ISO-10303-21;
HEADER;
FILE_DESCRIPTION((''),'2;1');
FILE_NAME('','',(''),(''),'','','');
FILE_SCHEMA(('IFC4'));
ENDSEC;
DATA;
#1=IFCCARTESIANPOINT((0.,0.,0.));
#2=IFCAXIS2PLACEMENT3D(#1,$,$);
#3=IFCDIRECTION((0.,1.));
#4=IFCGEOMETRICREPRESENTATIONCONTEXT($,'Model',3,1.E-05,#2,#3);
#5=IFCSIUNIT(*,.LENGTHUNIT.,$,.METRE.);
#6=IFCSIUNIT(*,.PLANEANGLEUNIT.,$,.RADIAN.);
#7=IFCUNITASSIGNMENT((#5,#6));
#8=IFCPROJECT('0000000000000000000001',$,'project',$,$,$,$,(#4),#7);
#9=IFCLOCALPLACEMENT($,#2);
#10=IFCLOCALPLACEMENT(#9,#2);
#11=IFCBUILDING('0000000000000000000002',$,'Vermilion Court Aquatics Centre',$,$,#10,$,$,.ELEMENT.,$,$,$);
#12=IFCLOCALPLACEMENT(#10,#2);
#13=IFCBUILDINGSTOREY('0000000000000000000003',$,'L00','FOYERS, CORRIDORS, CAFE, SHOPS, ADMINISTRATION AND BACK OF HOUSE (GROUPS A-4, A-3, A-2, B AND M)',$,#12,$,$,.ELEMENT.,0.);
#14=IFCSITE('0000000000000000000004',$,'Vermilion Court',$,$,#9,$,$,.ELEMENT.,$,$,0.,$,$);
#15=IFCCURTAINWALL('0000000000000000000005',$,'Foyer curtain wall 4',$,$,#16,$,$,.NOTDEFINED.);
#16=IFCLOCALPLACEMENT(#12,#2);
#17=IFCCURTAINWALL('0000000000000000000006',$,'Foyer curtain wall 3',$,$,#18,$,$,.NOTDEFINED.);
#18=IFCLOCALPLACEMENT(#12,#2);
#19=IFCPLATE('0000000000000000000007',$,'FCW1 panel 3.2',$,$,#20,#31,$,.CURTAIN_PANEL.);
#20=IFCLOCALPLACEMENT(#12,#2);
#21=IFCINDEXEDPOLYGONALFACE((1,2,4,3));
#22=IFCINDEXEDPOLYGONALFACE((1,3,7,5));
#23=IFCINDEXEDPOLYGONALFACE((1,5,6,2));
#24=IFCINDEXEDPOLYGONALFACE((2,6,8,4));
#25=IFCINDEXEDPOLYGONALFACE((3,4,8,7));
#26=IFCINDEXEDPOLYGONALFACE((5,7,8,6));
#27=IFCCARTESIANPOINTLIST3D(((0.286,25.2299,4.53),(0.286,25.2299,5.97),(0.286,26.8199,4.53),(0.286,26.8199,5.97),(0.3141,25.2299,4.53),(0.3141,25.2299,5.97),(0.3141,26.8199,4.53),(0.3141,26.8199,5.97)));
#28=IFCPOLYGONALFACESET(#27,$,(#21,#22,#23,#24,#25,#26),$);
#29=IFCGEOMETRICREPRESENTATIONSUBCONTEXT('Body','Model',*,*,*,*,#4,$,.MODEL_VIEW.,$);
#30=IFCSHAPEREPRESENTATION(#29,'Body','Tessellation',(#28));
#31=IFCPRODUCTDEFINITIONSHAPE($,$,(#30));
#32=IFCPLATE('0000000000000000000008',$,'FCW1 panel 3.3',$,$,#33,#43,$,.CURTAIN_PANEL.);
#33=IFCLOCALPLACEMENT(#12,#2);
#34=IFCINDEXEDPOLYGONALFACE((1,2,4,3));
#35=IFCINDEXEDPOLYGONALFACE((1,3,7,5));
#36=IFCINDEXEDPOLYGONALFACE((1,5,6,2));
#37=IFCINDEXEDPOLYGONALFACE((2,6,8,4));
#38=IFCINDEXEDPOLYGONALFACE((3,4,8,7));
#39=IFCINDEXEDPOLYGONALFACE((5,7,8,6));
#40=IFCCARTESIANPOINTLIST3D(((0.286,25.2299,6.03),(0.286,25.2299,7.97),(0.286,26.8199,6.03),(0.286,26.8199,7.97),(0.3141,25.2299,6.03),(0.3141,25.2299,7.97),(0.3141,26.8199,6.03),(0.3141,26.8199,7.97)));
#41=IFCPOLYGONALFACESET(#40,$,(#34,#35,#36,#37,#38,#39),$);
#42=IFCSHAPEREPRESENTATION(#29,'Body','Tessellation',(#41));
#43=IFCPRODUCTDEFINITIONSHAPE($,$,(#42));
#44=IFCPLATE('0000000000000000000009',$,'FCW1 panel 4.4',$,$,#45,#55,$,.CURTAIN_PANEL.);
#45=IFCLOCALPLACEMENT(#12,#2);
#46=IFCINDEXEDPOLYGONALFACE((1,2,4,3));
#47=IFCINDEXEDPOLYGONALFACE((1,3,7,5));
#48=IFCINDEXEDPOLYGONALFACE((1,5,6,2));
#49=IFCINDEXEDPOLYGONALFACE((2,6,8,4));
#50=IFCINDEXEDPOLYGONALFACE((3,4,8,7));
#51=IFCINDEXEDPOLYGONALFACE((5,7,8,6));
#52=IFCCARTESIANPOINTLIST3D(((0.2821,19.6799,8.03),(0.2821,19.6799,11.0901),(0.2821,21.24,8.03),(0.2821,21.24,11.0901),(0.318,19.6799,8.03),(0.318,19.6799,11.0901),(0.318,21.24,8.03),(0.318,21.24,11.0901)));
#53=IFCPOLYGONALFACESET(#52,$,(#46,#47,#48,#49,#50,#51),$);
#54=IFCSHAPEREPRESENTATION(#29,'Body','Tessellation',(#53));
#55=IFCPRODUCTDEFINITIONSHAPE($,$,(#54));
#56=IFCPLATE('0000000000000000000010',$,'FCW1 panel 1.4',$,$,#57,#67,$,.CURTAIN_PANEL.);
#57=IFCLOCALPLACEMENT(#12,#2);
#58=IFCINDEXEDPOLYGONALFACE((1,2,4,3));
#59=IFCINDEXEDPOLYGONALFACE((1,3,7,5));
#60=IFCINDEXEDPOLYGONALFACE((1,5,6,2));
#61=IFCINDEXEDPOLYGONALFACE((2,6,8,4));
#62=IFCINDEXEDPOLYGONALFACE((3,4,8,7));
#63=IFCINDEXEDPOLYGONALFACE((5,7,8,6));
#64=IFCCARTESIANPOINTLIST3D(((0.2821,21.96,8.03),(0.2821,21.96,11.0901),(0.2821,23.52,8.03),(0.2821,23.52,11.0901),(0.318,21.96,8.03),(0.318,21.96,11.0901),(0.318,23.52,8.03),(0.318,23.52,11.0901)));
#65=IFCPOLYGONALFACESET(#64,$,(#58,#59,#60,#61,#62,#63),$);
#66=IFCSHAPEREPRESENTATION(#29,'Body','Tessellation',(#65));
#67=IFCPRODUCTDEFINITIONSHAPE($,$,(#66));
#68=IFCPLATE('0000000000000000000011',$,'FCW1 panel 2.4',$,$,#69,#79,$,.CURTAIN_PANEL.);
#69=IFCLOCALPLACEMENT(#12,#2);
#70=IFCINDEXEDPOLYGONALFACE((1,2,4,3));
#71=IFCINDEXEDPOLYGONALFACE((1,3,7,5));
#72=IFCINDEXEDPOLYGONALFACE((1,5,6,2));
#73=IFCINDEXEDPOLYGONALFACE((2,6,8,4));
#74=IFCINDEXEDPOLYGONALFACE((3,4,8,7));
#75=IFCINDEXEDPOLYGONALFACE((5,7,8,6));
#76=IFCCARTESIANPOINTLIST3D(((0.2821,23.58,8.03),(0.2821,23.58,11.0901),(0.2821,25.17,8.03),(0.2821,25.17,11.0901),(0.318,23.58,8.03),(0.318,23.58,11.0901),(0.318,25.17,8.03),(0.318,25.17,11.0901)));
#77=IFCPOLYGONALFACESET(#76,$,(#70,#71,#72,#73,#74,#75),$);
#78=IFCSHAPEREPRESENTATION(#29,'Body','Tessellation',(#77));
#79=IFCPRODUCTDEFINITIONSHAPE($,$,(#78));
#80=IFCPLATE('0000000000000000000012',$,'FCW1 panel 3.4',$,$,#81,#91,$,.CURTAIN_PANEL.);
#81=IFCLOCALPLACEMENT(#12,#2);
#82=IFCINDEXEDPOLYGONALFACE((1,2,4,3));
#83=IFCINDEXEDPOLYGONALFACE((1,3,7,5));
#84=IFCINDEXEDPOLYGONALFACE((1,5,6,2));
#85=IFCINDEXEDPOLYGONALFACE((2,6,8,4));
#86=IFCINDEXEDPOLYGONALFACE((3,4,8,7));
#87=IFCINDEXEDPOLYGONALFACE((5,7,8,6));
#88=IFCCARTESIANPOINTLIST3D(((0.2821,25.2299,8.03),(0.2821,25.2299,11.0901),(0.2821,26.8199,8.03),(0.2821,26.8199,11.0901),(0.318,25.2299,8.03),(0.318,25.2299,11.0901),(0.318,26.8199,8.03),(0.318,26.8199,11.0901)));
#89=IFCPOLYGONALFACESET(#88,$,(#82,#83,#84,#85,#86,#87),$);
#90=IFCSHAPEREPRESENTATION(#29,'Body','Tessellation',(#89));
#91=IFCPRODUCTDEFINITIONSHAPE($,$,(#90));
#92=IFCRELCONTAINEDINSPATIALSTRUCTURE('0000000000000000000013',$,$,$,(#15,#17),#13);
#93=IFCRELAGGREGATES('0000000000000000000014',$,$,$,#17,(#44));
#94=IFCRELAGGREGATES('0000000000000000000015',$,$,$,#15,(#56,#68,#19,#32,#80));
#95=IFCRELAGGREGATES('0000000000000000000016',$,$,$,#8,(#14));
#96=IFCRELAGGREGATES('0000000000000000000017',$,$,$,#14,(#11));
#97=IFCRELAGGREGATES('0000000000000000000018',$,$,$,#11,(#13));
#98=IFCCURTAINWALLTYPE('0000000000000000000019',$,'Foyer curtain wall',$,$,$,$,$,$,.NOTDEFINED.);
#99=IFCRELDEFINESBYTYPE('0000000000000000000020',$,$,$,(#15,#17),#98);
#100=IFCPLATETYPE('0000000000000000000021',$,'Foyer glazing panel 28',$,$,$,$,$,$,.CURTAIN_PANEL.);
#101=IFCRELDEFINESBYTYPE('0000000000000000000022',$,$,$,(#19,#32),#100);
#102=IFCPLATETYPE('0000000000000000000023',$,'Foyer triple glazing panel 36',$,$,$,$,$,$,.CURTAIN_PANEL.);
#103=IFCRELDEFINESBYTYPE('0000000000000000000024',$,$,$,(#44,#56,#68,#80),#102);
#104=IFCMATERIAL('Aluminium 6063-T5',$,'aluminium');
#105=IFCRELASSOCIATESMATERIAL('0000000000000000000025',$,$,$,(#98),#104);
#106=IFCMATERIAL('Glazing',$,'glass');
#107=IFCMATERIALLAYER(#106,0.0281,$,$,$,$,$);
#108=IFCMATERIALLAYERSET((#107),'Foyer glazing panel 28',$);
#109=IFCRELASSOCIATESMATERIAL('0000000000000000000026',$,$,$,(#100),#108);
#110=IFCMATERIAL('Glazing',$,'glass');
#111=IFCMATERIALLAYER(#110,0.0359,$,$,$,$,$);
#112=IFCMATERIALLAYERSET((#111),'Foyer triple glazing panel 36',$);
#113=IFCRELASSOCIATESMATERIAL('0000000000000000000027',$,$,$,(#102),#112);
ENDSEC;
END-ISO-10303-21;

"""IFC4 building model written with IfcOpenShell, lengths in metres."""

from ifc_helpers import new_model, si_unit, direction, frame, origin, origin_2d, place, context, subcontext, project, spatial, rectangle, extrude, material, layer, layer_set, type_object, element, aggregate, save


model = new_model("IFC4")

# Units and contexts
model_context = context("Model", 3, precision=1e-05, world=origin(), true_north=direction((0.0, 1.0)))
body_context = subcontext(model_context, "Body", "Model", "MODEL_VIEW")
ifc_project = project(units=[si_unit("LENGTHUNIT", "METRE"), si_unit("PLANEANGLEUNIT", "RADIAN")], contexts=[model_context])

# Site, building, storey
site_placement = place(None, origin())
site = spatial("IfcSite", under=ifc_project, at=site_placement, Name="Vermilion Court", CompositionType="ELEMENT", RefElevation=0.0)
building_placement = place(site_placement, origin())
building = spatial("IfcBuilding", under=site, at=building_placement, Name="Vermilion Court Aquatics Centre", CompositionType="ELEMENT")
storey_placement = place(building_placement, origin())
storey = spatial("IfcBuildingStorey", under=building, at=storey_placement, Name="L00", Description="FOYERS, CORRIDORS, CAFE, SHOPS, ADMINISTRATION AND BACK OF HOUSE (GROUPS A-4, A-3, A-2, B AND M)", CompositionType="ELEMENT", Elevation=0.0)

# Curtain wall
ifc_material_1 = material(Name="Aluminium 6063-T5", Category="aluminium")
curtain_wall_type = type_object("IfcCurtainWallType", Name="Foyer curtain wall", PredefinedType="NOTDEFINED", material=ifc_material_1)
curtain_wall_1_placement = place(storey_placement, origin())
curtain_wall_1 = element("IfcCurtainWall", 1, at=curtain_wall_1_placement, inside=storey, type_object=curtain_wall_type, Name="Foyer curtain wall 4", PredefinedType="NOTDEFINED")

# Curtain wall
curtain_wall_2_placement = place(storey_placement, origin())
curtain_wall_2 = element("IfcCurtainWall", 2, at=curtain_wall_2_placement, inside=storey, type_object=curtain_wall_type, Name="Foyer curtain wall 3", PredefinedType="NOTDEFINED")
ifc_material_2 = material(Name="Glazing", Category="glass")
ifc_layer_1 = layer(ifc_material_2, 0.0281)
ifc_layer_set_1 = layer_set([ifc_layer_1], Name="Foyer glazing panel 28")
plate_type_1 = type_object("IfcPlateType", Name="Foyer glazing panel 28", PredefinedType="CURTAIN_PANEL", material=ifc_layer_set_1)

# Plates
plate_1_placement = place(storey_placement, frame((0.3, 26.0249, 4.53), z_axis=(0.0, 0.0, 1.0), x_axis=(0.0, 1.0, 0.0)))
plate_1 = element("IfcPlate", 3, at=plate_1_placement, type_object=plate_type_1, Name="FCW1 panel 3.2", PredefinedType="CURTAIN_PANEL", context=body_context, shape_type="SweptSolid", body=[
    extrude(rectangle(XDim=1.5901, YDim=0.0281, at=origin_2d()), origin(), (0.0, 0.0, 1.0), 1.4399),
])
plate_2_placement = place(storey_placement, frame((0.3, 26.0249, 6.03), z_axis=(0.0, 0.0, 1.0), x_axis=(0.0, 1.0, 0.0)))
plate_2 = element("IfcPlate", 4, at=plate_2_placement, type_object=plate_type_1, Name="FCW1 panel 3.3", PredefinedType="CURTAIN_PANEL", context=body_context, shape_type="SweptSolid", body=[
    extrude(rectangle(XDim=1.5901, YDim=0.0281, at=origin_2d()), origin(), (0.0, 0.0, 1.0), 1.9399),
])
ifc_material_3 = material(Name="Glazing", Category="glass")
ifc_layer_2 = layer(ifc_material_3, 0.0359)
ifc_layer_set_2 = layer_set([ifc_layer_2], Name="Foyer triple glazing panel 36")
plate_type_2 = type_object("IfcPlateType", Name="Foyer triple glazing panel 36", PredefinedType="CURTAIN_PANEL", material=ifc_layer_set_2)
plate_3_placement = place(storey_placement, frame((0.3, 20.46, 8.03), z_axis=(0.0, 0.0, 1.0), x_axis=(0.0, 1.0, 0.0)))
plate_3 = element("IfcPlate", 5, at=plate_3_placement, type_object=plate_type_2, Name="FCW1 panel 4.4", PredefinedType="CURTAIN_PANEL", context=body_context, shape_type="SweptSolid", body=[
    extrude(rectangle(XDim=1.5601, YDim=0.0359, at=origin_2d()), origin(), (0.0, 0.0, 1.0), 3.0601),
])
aggregate(curtain_wall_2, [plate_3])
plate_4_placement = place(storey_placement, frame((0.3, 22.74, 8.03), z_axis=(0.0, 0.0, 1.0), x_axis=(0.0, 1.0, 0.0)))
plate_4 = element("IfcPlate", 6, at=plate_4_placement, type_object=plate_type_2, Name="FCW1 panel 1.4", PredefinedType="CURTAIN_PANEL", context=body_context, shape_type="SweptSolid", body=[
    extrude(rectangle(XDim=1.5601, YDim=0.0359, at=origin_2d()), origin(), (0.0, 0.0, 1.0), 3.0601),
])
plate_5_placement = place(storey_placement, frame((0.3, 24.375, 8.03), z_axis=(0.0, 0.0, 1.0), x_axis=(0.0, 1.0, 0.0)))
plate_5 = element("IfcPlate", 7, at=plate_5_placement, type_object=plate_type_2, Name="FCW1 panel 2.4", PredefinedType="CURTAIN_PANEL", context=body_context, shape_type="SweptSolid", body=[
    extrude(rectangle(XDim=1.5901, YDim=0.0359, at=origin_2d()), origin(), (0.0, 0.0, 1.0), 3.0601),
])
plate_6_placement = place(storey_placement, frame((0.3, 26.0249, 8.03), z_axis=(0.0, 0.0, 1.0), x_axis=(0.0, 1.0, 0.0)))
plate_6 = element("IfcPlate", 8, at=plate_6_placement, type_object=plate_type_2, Name="FCW1 panel 3.4", PredefinedType="CURTAIN_PANEL", context=body_context, shape_type="SweptSolid", body=[
    extrude(rectangle(XDim=1.5901, YDim=0.0359, at=origin_2d()), origin(), (0.0, 0.0, 1.0), 3.0601),
])
aggregate(curtain_wall_1, [plate_4, plate_5, plate_1, plate_2, plate_6])

save(model, "model.ifc")
